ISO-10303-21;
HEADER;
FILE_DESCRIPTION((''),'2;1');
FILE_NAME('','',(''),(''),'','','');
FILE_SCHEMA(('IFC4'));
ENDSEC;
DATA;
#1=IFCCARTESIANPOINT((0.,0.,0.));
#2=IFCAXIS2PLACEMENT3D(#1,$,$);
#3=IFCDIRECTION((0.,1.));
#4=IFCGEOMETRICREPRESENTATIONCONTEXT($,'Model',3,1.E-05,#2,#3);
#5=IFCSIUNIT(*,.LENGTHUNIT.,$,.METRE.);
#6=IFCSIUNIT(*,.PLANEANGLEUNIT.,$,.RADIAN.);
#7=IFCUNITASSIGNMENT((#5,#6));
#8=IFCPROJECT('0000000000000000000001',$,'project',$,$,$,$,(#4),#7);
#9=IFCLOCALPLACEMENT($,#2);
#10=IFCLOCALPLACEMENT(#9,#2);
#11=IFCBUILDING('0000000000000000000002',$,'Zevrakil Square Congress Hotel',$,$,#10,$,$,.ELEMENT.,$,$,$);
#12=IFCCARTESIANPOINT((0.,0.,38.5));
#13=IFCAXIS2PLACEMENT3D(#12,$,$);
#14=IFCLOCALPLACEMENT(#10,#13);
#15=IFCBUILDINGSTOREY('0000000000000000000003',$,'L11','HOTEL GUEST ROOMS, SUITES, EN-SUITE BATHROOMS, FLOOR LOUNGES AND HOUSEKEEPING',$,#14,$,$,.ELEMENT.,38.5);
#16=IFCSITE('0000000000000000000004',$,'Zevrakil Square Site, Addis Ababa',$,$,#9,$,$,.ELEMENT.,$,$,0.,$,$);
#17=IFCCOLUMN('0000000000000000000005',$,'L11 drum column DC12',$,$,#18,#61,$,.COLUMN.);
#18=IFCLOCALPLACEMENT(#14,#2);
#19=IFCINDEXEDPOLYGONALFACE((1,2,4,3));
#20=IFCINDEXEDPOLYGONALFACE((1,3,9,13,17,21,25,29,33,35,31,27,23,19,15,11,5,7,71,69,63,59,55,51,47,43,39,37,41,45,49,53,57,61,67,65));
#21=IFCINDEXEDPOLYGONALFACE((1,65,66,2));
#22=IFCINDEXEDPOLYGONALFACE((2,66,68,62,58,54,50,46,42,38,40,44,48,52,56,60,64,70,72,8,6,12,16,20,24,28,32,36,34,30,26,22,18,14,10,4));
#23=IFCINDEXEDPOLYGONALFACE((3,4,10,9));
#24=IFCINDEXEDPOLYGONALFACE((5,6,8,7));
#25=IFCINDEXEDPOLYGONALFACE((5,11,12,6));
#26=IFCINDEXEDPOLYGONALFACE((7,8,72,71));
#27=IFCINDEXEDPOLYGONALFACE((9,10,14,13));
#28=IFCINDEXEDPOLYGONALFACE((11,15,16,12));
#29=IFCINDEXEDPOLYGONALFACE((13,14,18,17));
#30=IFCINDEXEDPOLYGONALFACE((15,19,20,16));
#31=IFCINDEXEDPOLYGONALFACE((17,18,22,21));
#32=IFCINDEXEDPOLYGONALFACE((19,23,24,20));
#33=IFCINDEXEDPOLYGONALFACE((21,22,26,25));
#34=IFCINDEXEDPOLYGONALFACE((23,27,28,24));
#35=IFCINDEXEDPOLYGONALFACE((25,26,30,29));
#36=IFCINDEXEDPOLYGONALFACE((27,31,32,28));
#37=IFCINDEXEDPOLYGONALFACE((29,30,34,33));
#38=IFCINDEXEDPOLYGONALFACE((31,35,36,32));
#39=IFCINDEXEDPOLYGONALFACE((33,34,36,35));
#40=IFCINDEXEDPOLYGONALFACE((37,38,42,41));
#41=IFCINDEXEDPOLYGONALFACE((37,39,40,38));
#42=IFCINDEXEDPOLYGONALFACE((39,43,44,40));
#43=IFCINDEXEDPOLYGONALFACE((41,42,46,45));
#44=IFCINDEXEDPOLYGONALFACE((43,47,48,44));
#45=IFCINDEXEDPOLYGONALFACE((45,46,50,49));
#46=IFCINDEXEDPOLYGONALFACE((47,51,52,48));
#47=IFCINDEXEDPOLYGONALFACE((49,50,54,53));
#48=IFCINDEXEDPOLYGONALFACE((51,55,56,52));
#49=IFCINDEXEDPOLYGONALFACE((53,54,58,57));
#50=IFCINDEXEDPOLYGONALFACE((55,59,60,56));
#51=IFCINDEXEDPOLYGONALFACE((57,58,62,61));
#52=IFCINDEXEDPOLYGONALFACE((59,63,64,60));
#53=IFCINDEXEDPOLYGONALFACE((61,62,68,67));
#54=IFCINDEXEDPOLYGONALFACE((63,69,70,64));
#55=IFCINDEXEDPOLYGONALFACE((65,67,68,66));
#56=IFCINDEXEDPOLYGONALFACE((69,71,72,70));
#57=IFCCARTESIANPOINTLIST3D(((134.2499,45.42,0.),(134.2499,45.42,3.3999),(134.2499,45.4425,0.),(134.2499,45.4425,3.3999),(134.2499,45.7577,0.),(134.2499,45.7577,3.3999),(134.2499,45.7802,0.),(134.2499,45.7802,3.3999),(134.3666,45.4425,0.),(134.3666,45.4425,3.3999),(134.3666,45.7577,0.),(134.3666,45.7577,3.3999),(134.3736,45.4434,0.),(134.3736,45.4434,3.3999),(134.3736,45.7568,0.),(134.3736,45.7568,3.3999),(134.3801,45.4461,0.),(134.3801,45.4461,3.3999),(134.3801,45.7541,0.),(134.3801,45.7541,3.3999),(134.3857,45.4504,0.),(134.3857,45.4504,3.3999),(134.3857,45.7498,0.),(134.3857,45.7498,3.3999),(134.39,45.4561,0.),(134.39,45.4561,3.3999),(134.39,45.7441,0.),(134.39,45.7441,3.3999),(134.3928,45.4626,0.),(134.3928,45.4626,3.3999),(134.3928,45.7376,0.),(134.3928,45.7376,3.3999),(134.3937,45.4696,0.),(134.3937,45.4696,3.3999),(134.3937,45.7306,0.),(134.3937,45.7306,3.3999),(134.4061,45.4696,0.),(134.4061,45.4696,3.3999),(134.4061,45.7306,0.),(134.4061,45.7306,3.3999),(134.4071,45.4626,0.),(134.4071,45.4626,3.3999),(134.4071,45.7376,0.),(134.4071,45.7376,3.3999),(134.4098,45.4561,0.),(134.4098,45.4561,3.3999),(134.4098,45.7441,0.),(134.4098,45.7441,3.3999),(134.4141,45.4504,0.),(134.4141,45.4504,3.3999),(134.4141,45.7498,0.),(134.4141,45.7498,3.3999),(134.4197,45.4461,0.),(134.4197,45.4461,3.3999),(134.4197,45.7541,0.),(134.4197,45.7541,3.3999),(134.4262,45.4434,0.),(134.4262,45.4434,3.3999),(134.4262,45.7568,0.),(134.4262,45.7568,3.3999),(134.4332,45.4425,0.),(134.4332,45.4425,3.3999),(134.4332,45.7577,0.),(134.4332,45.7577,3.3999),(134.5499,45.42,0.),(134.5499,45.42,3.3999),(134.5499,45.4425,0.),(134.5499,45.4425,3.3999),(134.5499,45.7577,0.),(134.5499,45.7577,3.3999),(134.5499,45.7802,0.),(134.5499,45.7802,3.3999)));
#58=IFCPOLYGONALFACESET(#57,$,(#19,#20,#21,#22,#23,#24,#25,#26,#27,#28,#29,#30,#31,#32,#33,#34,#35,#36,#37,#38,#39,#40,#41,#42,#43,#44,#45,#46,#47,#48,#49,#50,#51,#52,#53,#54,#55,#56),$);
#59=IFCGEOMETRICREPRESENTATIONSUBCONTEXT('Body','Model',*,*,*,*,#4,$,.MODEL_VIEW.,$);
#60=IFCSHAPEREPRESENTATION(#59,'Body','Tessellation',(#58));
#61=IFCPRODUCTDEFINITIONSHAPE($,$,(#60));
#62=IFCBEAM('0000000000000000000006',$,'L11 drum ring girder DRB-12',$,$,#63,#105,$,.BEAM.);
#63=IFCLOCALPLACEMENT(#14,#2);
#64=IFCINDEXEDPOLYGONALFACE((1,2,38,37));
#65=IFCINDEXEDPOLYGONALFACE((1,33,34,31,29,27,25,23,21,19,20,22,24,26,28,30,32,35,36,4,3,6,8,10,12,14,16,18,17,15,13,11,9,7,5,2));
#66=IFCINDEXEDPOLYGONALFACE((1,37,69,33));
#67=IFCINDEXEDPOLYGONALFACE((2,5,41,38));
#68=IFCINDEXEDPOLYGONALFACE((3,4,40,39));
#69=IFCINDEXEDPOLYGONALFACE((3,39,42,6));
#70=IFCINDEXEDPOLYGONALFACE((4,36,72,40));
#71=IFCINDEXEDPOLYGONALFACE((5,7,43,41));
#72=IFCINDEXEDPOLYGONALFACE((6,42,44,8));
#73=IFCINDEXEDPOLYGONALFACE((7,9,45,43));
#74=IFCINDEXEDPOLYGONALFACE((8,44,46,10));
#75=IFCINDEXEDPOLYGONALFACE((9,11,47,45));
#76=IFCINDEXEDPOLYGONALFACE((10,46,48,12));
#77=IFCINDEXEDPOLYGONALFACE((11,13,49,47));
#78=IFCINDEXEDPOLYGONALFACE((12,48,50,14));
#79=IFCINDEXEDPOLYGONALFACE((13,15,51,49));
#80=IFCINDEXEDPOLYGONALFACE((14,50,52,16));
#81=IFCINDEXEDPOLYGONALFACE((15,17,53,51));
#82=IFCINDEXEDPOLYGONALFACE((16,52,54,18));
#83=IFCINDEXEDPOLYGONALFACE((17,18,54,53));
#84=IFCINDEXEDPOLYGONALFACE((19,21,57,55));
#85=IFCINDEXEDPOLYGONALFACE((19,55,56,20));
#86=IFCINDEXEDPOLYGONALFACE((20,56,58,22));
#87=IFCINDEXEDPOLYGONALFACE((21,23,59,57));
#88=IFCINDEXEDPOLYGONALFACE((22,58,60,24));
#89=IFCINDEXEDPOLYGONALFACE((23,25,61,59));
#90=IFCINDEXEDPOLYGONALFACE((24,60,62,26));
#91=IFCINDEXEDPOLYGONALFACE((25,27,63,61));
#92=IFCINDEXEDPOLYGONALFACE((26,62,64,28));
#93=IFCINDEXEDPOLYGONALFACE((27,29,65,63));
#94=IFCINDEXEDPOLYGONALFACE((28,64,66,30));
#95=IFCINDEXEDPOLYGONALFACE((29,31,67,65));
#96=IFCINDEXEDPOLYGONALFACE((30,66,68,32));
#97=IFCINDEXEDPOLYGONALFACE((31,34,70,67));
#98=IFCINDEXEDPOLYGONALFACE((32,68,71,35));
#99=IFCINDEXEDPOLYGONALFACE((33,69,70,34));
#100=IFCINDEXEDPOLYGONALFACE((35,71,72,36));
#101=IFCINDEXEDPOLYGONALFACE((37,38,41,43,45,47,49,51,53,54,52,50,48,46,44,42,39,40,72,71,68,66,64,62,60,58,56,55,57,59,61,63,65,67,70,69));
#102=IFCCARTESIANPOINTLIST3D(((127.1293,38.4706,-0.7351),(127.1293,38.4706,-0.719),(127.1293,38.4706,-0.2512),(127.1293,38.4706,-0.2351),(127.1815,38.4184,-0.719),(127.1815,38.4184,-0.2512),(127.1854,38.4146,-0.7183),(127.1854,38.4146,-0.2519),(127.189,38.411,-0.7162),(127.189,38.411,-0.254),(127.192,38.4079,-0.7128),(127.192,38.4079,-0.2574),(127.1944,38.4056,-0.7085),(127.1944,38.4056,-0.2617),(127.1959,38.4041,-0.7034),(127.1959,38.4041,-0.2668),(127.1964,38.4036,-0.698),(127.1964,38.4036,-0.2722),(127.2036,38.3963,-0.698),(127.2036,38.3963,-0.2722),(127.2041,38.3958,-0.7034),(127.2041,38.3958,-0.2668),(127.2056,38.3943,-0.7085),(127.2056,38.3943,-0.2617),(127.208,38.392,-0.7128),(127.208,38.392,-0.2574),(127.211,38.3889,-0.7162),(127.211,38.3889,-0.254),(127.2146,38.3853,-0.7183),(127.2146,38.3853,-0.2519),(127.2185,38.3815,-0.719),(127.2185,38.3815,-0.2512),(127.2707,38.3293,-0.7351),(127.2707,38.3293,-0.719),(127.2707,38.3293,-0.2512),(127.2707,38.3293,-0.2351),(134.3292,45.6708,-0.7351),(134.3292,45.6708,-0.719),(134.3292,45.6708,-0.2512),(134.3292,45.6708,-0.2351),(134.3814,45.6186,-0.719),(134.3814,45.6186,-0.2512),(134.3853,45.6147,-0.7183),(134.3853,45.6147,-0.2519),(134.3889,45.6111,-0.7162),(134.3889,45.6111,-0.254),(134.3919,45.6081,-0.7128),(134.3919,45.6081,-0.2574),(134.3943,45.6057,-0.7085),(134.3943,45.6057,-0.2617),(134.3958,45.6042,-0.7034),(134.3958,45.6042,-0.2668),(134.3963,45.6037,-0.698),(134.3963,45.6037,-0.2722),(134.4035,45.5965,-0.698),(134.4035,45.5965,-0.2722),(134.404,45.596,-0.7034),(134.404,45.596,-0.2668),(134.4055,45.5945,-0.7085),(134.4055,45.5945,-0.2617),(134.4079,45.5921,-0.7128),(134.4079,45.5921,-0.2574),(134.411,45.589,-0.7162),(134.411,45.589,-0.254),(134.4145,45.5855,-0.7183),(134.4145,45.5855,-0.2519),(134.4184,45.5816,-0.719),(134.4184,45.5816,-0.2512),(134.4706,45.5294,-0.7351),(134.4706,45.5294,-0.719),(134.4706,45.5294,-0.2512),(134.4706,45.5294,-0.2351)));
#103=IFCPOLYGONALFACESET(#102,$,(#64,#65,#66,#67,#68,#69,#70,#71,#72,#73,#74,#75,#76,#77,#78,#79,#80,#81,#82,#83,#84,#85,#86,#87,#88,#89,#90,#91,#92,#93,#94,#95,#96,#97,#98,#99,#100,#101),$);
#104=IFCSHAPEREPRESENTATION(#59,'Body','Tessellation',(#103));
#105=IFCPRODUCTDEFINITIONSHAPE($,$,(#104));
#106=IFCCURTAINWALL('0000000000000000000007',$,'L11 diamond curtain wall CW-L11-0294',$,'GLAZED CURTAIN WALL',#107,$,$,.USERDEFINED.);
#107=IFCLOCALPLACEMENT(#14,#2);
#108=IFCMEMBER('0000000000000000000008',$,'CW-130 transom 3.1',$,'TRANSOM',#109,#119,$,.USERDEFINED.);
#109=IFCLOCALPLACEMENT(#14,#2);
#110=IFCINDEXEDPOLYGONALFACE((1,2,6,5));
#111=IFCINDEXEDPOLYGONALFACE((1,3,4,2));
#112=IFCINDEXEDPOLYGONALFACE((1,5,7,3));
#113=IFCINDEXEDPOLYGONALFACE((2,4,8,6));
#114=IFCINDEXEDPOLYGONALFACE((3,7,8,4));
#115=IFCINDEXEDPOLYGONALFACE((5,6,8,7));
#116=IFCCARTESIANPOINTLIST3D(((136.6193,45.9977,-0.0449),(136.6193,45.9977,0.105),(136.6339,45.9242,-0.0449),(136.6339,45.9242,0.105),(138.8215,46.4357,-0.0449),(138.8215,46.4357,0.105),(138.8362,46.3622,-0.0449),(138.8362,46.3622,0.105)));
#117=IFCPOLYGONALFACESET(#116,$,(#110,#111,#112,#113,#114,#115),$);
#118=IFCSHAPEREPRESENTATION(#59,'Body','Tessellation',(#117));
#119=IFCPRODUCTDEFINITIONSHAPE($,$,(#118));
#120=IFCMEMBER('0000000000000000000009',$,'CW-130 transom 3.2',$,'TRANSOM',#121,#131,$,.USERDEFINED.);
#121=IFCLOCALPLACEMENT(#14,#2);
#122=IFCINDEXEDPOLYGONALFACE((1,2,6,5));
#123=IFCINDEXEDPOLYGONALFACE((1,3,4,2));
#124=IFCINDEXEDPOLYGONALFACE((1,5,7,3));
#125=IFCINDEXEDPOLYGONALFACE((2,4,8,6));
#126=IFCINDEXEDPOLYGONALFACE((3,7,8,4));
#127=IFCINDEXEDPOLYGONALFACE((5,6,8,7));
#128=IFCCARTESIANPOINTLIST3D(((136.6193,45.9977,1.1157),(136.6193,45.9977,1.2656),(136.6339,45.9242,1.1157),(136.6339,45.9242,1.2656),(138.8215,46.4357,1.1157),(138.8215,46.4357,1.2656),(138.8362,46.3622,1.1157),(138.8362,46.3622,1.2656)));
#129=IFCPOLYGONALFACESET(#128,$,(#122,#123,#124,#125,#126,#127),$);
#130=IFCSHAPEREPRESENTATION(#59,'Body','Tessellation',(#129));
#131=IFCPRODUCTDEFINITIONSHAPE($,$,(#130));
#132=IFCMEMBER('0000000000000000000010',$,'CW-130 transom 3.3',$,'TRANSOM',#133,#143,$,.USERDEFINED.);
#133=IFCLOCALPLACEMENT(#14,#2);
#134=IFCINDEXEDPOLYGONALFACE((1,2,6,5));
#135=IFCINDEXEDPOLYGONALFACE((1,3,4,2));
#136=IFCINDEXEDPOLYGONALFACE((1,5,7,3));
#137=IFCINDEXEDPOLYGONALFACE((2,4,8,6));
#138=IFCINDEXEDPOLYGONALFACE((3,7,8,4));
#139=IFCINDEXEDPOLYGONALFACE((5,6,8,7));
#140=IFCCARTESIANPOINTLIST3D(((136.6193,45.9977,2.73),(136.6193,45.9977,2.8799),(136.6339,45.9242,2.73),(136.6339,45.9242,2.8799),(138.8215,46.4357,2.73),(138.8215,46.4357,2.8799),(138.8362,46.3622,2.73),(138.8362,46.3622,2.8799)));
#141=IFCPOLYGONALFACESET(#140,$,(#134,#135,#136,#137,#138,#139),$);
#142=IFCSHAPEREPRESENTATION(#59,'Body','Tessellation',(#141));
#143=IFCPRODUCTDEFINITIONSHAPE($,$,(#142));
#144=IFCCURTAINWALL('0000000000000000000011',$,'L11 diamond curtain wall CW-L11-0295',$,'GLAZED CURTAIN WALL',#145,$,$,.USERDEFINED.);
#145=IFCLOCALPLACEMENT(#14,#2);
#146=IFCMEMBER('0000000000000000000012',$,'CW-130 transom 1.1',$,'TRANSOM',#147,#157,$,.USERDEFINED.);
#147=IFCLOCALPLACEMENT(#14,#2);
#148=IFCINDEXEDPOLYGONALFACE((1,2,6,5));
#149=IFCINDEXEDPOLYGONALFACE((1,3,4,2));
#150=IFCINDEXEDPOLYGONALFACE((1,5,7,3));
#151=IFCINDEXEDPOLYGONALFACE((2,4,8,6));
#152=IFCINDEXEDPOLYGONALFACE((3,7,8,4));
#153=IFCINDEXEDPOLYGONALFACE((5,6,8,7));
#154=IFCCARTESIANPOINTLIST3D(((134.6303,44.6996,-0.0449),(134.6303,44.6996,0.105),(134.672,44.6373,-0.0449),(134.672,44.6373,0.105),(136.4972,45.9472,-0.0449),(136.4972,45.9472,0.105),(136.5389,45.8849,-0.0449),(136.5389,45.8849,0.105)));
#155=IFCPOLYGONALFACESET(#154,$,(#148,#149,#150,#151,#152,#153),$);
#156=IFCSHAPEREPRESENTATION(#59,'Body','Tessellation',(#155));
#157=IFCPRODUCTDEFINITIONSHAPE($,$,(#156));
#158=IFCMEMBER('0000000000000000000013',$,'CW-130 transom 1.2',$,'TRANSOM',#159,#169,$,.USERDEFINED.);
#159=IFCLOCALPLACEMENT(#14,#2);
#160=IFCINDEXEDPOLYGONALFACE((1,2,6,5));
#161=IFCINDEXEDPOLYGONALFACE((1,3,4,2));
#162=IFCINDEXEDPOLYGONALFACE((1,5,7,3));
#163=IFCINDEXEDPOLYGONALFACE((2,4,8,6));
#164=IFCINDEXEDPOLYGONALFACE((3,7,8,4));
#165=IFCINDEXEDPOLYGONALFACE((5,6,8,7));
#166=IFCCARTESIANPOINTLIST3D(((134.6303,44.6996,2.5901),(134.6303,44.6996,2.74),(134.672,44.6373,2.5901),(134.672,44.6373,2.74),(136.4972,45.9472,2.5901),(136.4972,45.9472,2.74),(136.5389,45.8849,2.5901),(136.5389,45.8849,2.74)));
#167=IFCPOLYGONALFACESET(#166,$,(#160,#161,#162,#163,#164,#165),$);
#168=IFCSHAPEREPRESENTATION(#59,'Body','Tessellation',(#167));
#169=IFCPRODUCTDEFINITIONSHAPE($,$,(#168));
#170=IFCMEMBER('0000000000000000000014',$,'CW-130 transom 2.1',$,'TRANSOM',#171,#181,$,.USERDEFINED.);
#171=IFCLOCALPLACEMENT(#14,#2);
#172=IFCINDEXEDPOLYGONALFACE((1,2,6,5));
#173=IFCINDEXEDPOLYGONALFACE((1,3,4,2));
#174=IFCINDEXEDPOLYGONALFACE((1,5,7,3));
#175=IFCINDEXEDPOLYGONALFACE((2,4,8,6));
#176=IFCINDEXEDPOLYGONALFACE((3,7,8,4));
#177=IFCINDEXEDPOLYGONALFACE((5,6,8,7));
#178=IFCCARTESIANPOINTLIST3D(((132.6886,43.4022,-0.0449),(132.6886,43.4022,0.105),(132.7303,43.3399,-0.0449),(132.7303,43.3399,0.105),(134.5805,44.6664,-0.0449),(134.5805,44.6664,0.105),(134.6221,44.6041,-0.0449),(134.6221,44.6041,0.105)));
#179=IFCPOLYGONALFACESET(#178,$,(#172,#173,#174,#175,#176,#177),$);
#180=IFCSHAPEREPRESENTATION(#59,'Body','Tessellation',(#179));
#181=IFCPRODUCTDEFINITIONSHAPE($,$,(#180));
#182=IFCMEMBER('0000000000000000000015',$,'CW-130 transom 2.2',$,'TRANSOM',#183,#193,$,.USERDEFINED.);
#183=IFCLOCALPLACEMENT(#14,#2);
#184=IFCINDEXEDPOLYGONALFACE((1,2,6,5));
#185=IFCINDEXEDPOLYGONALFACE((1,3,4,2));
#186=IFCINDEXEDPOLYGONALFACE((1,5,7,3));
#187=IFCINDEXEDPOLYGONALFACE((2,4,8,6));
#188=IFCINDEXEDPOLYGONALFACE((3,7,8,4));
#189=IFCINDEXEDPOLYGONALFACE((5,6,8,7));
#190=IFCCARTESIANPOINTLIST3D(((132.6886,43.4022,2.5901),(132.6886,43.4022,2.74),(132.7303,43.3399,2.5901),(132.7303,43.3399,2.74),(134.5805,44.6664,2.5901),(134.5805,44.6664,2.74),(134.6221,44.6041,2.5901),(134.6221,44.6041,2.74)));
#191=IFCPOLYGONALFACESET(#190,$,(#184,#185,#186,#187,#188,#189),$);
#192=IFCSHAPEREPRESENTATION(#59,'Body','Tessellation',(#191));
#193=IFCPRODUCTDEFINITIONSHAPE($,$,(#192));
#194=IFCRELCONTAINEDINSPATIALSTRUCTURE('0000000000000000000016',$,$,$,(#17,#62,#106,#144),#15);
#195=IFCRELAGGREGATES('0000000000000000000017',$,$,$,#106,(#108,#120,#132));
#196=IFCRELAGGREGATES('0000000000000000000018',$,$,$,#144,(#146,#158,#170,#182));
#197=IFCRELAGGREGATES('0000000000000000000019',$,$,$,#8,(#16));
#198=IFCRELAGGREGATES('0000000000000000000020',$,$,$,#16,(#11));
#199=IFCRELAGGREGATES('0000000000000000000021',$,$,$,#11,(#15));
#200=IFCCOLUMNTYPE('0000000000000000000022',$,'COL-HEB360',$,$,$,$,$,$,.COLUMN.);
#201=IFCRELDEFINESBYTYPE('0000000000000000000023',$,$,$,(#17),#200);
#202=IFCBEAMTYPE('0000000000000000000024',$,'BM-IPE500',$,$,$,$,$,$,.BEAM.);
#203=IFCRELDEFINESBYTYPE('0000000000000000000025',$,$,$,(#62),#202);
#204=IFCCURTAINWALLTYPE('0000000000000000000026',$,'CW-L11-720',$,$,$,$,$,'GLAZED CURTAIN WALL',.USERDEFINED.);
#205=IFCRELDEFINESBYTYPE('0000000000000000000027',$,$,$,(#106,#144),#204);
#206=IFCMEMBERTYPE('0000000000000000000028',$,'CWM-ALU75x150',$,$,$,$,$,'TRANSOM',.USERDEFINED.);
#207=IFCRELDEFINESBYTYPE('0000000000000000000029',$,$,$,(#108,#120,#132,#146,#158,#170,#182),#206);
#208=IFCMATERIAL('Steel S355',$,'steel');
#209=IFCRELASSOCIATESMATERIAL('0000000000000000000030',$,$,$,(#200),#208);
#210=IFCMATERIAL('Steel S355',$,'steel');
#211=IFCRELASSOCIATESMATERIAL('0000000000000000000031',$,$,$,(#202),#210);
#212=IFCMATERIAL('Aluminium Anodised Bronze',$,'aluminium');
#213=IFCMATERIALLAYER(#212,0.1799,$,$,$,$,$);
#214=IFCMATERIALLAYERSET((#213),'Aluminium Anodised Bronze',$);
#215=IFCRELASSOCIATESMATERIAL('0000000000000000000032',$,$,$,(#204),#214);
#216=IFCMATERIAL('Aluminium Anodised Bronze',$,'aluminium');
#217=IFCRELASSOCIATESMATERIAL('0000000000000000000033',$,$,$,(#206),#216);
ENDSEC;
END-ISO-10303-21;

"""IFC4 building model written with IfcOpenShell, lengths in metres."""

from ifc_helpers import new_model, si_unit, direction, frame, origin, origin_2d, place, context, subcontext, project, spatial, rectangle, i_section, extrude, material, layer, layer_set, material_profile, profile_set, type_object, element, aggregate, save


model = new_model("IFC4")

# Units and contexts
model_context = context("Model", 3, precision=1e-05, world=origin(), true_north=direction((0.0, 1.0)))
body_context = subcontext(model_context, "Body", "Model", "MODEL_VIEW")
ifc_project = project(units=[si_unit("LENGTHUNIT", "METRE"), si_unit("PLANEANGLEUNIT", "RADIAN")], contexts=[model_context])

# Site, building, storey
site_placement = place(None, origin())
site = spatial("IfcSite", under=ifc_project, at=site_placement, Name="Zevrakil Square Site, Addis Ababa", CompositionType="ELEMENT", RefElevation=0.0)
building_placement = place(site_placement, origin())
building = spatial("IfcBuilding", under=site, at=building_placement, Name="Zevrakil Square Congress Hotel", CompositionType="ELEMENT")
storey_placement = place(building_placement, frame((0.0, 0.0, 38.5)))
storey = spatial("IfcBuildingStorey", under=building, at=storey_placement, Name="L11", Description="HOTEL GUEST ROOMS, SUITES, EN-SUITE BATHROOMS, FLOOR LOUNGES AND HOUSEKEEPING", CompositionType="ELEMENT", Elevation=38.5)

# Column
ifc_material_1 = material(Name="Steel S355", Category="steel")
ifc_material_profile_1 = material_profile(ifc_material_1, i_section(OverallWidth=0.3, OverallDepth=0.3601, WebThickness=0.0125, FlangeThickness=0.0225, FilletRadius=0.0271, at=origin_2d()), Name="HEB 360")
ifc_profile_set_1 = profile_set([ifc_material_profile_1], Name="Steel S355")
column_type = type_object("IfcColumnType", Name="COL-HEB360", PredefinedType="COLUMN", material=ifc_profile_set_1)
column_placement = place(storey_placement, frame((134.3999, 45.6001, 0.0), z_axis=(0.0, 0.0, 1.0), x_axis=(1.0, 0.0, 0.0)))
element("IfcColumn", 1, at=column_placement, inside=storey, type_object=column_type, Name="L11 drum column DC12", PredefinedType="COLUMN", context=body_context, shape_type="SweptSolid", body=[
    extrude(i_section(OverallWidth=0.3, OverallDepth=0.3601, WebThickness=0.0125, FlangeThickness=0.0225, FilletRadius=0.0271, at=origin_2d()), origin(), (0.0, 0.0, 1.0), 3.3999),
])

# Beam
ifc_material_2 = material(Name="Steel S355", Category="steel")
ifc_material_profile_2 = material_profile(ifc_material_2, i_section(OverallWidth=0.2, OverallDepth=0.5, WebThickness=0.0103, FlangeThickness=0.0161, FilletRadius=0.021, at=origin_2d()), Name="IPE 500")
ifc_profile_set_2 = profile_set([ifc_material_profile_2], Name="Steel S355")
beam_type_1 = type_object("IfcBeamType", Name="BM-IPE500", PredefinedType="BEAM", material=ifc_profile_set_2)
beam_1_placement = place(storey_placement, frame((134.3999, 45.6001, -0.4851), z_axis=(-0.707095, -0.707119, 0.0), x_axis=(0.707119, -0.707095, 0.0)))
element("IfcBeam", 2, at=beam_1_placement, inside=storey, type_object=beam_type_1, Name="L11 drum ring girder DRB-12", PredefinedType="BEAM", context=body_context, shape_type="SweptSolid", body=[
    extrude(i_section(OverallWidth=0.2, OverallDepth=0.5, WebThickness=0.0103, FlangeThickness=0.0161, FilletRadius=0.021, at=origin_2d()), origin(), (0.0, 0.0, 1.0), 10.1824),
])

# Curtain walls, members
ifc_material_3 = material(Name="Aluminium Anodised Bronze", Category="aluminium")
ifc_layer_1 = layer(ifc_material_3, 0.1799)
ifc_layer_set_1 = layer_set([ifc_layer_1], Name="Aluminium Anodised Bronze")
curtain_wall_type = type_object("IfcCurtainWallType", Name="CW-L11-720", ElementType="GLAZED CURTAIN WALL", PredefinedType="USERDEFINED", material=ifc_layer_set_1)
curtain_wall_1_placement = place(storey_placement, origin())
curtain_wall_1 = element("IfcCurtainWall", 3, at=curtain_wall_1_placement, inside=storey, type_object=curtain_wall_type, Name="L11 diamond curtain wall CW-L11-0294", ObjectType="GLAZED CURTAIN WALL", PredefinedType="USERDEFINED")
ifc_material_4 = material(Name="Aluminium Anodised Bronze", Category="aluminium")
ifc_material_profile_3 = material_profile(ifc_material_4, rectangle(XDim=0.075, YDim=0.1499, at=origin_2d()), Name="ALU 75x150")
ifc_profile_set_3 = profile_set([ifc_material_profile_3], Name="Aluminium Anodised Bronze")
member_type_1 = type_object("IfcMemberType", Name="CWM-ALU75x150", ElementType="TRANSOM", PredefinedType="USERDEFINED", material=ifc_profile_set_3)
member_1_placement = place(storey_placement, frame((138.8289, 46.3989, 0.03), z_axis=(-0.980789, -0.19507, 0.0), x_axis=(0.19507, -0.980789, 0.0)))
member_1 = element("IfcMember", 4, at=member_1_placement, type_object=member_type_1, Name="CW-130 transom 3.1", ObjectType="TRANSOM", PredefinedType="USERDEFINED", context=body_context, shape_type="SweptSolid", body=[
    extrude(rectangle(XDim=0.075, YDim=0.1499, at=origin_2d()), origin(), (0.0, 0.0, 1.0), 2.2454),
])
member_2_placement = place(storey_placement, frame((138.8289, 46.3989, 1.1907), z_axis=(-0.980789, -0.19507, 0.0), x_axis=(0.19507, -0.980789, 0.0)))
member_2 = element("IfcMember", 5, at=member_2_placement, type_object=member_type_1, Name="CW-130 transom 3.2", ObjectType="TRANSOM", PredefinedType="USERDEFINED", context=body_context, shape_type="SweptSolid", body=[
    extrude(rectangle(XDim=0.075, YDim=0.1499, at=origin_2d()), origin(), (0.0, 0.0, 1.0), 2.2454),
])
member_3_placement = place(storey_placement, frame((138.8289, 46.3989, 2.8049), z_axis=(-0.980789, -0.19507, 0.0), x_axis=(0.19507, -0.980789, 0.0)))
member_3 = element("IfcMember", 6, at=member_3_placement, type_object=member_type_1, Name="CW-130 transom 3.3", ObjectType="TRANSOM", PredefinedType="USERDEFINED", context=body_context, shape_type="SweptSolid", body=[
    extrude(rectangle(XDim=0.075, YDim=0.1499, at=origin_2d()), origin(), (0.0, 0.0, 1.0), 2.2454),
])
curtain_wall_2_placement = place(storey_placement, origin())
curtain_wall_2 = element("IfcCurtainWall", 7, at=curtain_wall_2_placement, inside=storey, type_object=curtain_wall_type, Name="L11 diamond curtain wall CW-L11-0295", ObjectType="GLAZED CURTAIN WALL", PredefinedType="USERDEFINED")
member_4_placement = place(storey_placement, frame((136.5181, 45.916, 0.03), z_axis=(-0.831448, -0.555603, 0.0), x_axis=(0.555603, -0.831448, 0.0)))
member_4 = element("IfcMember", 8, at=member_4_placement, type_object=member_type_1, Name="CW-130 transom 1.1", ObjectType="TRANSOM", PredefinedType="USERDEFINED", context=body_context, shape_type="SweptSolid", body=[
    extrude(rectangle(XDim=0.075, YDim=0.1499, at=origin_2d()), origin(), (0.0, 0.0, 1.0), 2.2454),
])
member_5_placement = place(storey_placement, frame((136.5181, 45.916, 2.665), z_axis=(-0.831448, -0.555603, 0.0), x_axis=(0.555603, -0.831448, 0.0)))
member_5 = element("IfcMember", 9, at=member_5_placement, type_object=member_type_1, Name="CW-130 transom 1.2", ObjectType="TRANSOM", PredefinedType="USERDEFINED", context=body_context, shape_type="SweptSolid", body=[
    extrude(rectangle(XDim=0.075, YDim=0.1499, at=origin_2d()), origin(), (0.0, 0.0, 1.0), 2.2454),
])
member_6_placement = place(storey_placement, frame((134.6013, 44.6353, 0.03), z_axis=(-0.831456, -0.555591, 0.0), x_axis=(0.555591, -0.831456, 0.0)))
member_6 = element("IfcMember", 10, at=member_6_placement, type_object=member_type_1, Name="CW-130 transom 2.1", ObjectType="TRANSOM", PredefinedType="USERDEFINED", context=body_context, shape_type="SweptSolid", body=[
    extrude(rectangle(XDim=0.075, YDim=0.1499, at=origin_2d()), origin(), (0.0, 0.0, 1.0), 2.2754),
])
member_7_placement = place(storey_placement, frame((134.6013, 44.6353, 2.665), z_axis=(-0.831456, -0.555591, 0.0), x_axis=(0.555591, -0.831456, 0.0)))
member_7 = element("IfcMember", 11, at=member_7_placement, type_object=member_type_1, Name="CW-130 transom 2.2", ObjectType="TRANSOM", PredefinedType="USERDEFINED", context=body_context, shape_type="SweptSolid", body=[
    extrude(rectangle(XDim=0.075, YDim=0.1499, at=origin_2d()), origin(), (0.0, 0.0, 1.0), 2.2754),
])

aggregate(curtain_wall_1, [member_1, member_2, member_3])
aggregate(curtain_wall_2, [member_4, member_5, member_6, member_7])

save(model, "model.ifc")
